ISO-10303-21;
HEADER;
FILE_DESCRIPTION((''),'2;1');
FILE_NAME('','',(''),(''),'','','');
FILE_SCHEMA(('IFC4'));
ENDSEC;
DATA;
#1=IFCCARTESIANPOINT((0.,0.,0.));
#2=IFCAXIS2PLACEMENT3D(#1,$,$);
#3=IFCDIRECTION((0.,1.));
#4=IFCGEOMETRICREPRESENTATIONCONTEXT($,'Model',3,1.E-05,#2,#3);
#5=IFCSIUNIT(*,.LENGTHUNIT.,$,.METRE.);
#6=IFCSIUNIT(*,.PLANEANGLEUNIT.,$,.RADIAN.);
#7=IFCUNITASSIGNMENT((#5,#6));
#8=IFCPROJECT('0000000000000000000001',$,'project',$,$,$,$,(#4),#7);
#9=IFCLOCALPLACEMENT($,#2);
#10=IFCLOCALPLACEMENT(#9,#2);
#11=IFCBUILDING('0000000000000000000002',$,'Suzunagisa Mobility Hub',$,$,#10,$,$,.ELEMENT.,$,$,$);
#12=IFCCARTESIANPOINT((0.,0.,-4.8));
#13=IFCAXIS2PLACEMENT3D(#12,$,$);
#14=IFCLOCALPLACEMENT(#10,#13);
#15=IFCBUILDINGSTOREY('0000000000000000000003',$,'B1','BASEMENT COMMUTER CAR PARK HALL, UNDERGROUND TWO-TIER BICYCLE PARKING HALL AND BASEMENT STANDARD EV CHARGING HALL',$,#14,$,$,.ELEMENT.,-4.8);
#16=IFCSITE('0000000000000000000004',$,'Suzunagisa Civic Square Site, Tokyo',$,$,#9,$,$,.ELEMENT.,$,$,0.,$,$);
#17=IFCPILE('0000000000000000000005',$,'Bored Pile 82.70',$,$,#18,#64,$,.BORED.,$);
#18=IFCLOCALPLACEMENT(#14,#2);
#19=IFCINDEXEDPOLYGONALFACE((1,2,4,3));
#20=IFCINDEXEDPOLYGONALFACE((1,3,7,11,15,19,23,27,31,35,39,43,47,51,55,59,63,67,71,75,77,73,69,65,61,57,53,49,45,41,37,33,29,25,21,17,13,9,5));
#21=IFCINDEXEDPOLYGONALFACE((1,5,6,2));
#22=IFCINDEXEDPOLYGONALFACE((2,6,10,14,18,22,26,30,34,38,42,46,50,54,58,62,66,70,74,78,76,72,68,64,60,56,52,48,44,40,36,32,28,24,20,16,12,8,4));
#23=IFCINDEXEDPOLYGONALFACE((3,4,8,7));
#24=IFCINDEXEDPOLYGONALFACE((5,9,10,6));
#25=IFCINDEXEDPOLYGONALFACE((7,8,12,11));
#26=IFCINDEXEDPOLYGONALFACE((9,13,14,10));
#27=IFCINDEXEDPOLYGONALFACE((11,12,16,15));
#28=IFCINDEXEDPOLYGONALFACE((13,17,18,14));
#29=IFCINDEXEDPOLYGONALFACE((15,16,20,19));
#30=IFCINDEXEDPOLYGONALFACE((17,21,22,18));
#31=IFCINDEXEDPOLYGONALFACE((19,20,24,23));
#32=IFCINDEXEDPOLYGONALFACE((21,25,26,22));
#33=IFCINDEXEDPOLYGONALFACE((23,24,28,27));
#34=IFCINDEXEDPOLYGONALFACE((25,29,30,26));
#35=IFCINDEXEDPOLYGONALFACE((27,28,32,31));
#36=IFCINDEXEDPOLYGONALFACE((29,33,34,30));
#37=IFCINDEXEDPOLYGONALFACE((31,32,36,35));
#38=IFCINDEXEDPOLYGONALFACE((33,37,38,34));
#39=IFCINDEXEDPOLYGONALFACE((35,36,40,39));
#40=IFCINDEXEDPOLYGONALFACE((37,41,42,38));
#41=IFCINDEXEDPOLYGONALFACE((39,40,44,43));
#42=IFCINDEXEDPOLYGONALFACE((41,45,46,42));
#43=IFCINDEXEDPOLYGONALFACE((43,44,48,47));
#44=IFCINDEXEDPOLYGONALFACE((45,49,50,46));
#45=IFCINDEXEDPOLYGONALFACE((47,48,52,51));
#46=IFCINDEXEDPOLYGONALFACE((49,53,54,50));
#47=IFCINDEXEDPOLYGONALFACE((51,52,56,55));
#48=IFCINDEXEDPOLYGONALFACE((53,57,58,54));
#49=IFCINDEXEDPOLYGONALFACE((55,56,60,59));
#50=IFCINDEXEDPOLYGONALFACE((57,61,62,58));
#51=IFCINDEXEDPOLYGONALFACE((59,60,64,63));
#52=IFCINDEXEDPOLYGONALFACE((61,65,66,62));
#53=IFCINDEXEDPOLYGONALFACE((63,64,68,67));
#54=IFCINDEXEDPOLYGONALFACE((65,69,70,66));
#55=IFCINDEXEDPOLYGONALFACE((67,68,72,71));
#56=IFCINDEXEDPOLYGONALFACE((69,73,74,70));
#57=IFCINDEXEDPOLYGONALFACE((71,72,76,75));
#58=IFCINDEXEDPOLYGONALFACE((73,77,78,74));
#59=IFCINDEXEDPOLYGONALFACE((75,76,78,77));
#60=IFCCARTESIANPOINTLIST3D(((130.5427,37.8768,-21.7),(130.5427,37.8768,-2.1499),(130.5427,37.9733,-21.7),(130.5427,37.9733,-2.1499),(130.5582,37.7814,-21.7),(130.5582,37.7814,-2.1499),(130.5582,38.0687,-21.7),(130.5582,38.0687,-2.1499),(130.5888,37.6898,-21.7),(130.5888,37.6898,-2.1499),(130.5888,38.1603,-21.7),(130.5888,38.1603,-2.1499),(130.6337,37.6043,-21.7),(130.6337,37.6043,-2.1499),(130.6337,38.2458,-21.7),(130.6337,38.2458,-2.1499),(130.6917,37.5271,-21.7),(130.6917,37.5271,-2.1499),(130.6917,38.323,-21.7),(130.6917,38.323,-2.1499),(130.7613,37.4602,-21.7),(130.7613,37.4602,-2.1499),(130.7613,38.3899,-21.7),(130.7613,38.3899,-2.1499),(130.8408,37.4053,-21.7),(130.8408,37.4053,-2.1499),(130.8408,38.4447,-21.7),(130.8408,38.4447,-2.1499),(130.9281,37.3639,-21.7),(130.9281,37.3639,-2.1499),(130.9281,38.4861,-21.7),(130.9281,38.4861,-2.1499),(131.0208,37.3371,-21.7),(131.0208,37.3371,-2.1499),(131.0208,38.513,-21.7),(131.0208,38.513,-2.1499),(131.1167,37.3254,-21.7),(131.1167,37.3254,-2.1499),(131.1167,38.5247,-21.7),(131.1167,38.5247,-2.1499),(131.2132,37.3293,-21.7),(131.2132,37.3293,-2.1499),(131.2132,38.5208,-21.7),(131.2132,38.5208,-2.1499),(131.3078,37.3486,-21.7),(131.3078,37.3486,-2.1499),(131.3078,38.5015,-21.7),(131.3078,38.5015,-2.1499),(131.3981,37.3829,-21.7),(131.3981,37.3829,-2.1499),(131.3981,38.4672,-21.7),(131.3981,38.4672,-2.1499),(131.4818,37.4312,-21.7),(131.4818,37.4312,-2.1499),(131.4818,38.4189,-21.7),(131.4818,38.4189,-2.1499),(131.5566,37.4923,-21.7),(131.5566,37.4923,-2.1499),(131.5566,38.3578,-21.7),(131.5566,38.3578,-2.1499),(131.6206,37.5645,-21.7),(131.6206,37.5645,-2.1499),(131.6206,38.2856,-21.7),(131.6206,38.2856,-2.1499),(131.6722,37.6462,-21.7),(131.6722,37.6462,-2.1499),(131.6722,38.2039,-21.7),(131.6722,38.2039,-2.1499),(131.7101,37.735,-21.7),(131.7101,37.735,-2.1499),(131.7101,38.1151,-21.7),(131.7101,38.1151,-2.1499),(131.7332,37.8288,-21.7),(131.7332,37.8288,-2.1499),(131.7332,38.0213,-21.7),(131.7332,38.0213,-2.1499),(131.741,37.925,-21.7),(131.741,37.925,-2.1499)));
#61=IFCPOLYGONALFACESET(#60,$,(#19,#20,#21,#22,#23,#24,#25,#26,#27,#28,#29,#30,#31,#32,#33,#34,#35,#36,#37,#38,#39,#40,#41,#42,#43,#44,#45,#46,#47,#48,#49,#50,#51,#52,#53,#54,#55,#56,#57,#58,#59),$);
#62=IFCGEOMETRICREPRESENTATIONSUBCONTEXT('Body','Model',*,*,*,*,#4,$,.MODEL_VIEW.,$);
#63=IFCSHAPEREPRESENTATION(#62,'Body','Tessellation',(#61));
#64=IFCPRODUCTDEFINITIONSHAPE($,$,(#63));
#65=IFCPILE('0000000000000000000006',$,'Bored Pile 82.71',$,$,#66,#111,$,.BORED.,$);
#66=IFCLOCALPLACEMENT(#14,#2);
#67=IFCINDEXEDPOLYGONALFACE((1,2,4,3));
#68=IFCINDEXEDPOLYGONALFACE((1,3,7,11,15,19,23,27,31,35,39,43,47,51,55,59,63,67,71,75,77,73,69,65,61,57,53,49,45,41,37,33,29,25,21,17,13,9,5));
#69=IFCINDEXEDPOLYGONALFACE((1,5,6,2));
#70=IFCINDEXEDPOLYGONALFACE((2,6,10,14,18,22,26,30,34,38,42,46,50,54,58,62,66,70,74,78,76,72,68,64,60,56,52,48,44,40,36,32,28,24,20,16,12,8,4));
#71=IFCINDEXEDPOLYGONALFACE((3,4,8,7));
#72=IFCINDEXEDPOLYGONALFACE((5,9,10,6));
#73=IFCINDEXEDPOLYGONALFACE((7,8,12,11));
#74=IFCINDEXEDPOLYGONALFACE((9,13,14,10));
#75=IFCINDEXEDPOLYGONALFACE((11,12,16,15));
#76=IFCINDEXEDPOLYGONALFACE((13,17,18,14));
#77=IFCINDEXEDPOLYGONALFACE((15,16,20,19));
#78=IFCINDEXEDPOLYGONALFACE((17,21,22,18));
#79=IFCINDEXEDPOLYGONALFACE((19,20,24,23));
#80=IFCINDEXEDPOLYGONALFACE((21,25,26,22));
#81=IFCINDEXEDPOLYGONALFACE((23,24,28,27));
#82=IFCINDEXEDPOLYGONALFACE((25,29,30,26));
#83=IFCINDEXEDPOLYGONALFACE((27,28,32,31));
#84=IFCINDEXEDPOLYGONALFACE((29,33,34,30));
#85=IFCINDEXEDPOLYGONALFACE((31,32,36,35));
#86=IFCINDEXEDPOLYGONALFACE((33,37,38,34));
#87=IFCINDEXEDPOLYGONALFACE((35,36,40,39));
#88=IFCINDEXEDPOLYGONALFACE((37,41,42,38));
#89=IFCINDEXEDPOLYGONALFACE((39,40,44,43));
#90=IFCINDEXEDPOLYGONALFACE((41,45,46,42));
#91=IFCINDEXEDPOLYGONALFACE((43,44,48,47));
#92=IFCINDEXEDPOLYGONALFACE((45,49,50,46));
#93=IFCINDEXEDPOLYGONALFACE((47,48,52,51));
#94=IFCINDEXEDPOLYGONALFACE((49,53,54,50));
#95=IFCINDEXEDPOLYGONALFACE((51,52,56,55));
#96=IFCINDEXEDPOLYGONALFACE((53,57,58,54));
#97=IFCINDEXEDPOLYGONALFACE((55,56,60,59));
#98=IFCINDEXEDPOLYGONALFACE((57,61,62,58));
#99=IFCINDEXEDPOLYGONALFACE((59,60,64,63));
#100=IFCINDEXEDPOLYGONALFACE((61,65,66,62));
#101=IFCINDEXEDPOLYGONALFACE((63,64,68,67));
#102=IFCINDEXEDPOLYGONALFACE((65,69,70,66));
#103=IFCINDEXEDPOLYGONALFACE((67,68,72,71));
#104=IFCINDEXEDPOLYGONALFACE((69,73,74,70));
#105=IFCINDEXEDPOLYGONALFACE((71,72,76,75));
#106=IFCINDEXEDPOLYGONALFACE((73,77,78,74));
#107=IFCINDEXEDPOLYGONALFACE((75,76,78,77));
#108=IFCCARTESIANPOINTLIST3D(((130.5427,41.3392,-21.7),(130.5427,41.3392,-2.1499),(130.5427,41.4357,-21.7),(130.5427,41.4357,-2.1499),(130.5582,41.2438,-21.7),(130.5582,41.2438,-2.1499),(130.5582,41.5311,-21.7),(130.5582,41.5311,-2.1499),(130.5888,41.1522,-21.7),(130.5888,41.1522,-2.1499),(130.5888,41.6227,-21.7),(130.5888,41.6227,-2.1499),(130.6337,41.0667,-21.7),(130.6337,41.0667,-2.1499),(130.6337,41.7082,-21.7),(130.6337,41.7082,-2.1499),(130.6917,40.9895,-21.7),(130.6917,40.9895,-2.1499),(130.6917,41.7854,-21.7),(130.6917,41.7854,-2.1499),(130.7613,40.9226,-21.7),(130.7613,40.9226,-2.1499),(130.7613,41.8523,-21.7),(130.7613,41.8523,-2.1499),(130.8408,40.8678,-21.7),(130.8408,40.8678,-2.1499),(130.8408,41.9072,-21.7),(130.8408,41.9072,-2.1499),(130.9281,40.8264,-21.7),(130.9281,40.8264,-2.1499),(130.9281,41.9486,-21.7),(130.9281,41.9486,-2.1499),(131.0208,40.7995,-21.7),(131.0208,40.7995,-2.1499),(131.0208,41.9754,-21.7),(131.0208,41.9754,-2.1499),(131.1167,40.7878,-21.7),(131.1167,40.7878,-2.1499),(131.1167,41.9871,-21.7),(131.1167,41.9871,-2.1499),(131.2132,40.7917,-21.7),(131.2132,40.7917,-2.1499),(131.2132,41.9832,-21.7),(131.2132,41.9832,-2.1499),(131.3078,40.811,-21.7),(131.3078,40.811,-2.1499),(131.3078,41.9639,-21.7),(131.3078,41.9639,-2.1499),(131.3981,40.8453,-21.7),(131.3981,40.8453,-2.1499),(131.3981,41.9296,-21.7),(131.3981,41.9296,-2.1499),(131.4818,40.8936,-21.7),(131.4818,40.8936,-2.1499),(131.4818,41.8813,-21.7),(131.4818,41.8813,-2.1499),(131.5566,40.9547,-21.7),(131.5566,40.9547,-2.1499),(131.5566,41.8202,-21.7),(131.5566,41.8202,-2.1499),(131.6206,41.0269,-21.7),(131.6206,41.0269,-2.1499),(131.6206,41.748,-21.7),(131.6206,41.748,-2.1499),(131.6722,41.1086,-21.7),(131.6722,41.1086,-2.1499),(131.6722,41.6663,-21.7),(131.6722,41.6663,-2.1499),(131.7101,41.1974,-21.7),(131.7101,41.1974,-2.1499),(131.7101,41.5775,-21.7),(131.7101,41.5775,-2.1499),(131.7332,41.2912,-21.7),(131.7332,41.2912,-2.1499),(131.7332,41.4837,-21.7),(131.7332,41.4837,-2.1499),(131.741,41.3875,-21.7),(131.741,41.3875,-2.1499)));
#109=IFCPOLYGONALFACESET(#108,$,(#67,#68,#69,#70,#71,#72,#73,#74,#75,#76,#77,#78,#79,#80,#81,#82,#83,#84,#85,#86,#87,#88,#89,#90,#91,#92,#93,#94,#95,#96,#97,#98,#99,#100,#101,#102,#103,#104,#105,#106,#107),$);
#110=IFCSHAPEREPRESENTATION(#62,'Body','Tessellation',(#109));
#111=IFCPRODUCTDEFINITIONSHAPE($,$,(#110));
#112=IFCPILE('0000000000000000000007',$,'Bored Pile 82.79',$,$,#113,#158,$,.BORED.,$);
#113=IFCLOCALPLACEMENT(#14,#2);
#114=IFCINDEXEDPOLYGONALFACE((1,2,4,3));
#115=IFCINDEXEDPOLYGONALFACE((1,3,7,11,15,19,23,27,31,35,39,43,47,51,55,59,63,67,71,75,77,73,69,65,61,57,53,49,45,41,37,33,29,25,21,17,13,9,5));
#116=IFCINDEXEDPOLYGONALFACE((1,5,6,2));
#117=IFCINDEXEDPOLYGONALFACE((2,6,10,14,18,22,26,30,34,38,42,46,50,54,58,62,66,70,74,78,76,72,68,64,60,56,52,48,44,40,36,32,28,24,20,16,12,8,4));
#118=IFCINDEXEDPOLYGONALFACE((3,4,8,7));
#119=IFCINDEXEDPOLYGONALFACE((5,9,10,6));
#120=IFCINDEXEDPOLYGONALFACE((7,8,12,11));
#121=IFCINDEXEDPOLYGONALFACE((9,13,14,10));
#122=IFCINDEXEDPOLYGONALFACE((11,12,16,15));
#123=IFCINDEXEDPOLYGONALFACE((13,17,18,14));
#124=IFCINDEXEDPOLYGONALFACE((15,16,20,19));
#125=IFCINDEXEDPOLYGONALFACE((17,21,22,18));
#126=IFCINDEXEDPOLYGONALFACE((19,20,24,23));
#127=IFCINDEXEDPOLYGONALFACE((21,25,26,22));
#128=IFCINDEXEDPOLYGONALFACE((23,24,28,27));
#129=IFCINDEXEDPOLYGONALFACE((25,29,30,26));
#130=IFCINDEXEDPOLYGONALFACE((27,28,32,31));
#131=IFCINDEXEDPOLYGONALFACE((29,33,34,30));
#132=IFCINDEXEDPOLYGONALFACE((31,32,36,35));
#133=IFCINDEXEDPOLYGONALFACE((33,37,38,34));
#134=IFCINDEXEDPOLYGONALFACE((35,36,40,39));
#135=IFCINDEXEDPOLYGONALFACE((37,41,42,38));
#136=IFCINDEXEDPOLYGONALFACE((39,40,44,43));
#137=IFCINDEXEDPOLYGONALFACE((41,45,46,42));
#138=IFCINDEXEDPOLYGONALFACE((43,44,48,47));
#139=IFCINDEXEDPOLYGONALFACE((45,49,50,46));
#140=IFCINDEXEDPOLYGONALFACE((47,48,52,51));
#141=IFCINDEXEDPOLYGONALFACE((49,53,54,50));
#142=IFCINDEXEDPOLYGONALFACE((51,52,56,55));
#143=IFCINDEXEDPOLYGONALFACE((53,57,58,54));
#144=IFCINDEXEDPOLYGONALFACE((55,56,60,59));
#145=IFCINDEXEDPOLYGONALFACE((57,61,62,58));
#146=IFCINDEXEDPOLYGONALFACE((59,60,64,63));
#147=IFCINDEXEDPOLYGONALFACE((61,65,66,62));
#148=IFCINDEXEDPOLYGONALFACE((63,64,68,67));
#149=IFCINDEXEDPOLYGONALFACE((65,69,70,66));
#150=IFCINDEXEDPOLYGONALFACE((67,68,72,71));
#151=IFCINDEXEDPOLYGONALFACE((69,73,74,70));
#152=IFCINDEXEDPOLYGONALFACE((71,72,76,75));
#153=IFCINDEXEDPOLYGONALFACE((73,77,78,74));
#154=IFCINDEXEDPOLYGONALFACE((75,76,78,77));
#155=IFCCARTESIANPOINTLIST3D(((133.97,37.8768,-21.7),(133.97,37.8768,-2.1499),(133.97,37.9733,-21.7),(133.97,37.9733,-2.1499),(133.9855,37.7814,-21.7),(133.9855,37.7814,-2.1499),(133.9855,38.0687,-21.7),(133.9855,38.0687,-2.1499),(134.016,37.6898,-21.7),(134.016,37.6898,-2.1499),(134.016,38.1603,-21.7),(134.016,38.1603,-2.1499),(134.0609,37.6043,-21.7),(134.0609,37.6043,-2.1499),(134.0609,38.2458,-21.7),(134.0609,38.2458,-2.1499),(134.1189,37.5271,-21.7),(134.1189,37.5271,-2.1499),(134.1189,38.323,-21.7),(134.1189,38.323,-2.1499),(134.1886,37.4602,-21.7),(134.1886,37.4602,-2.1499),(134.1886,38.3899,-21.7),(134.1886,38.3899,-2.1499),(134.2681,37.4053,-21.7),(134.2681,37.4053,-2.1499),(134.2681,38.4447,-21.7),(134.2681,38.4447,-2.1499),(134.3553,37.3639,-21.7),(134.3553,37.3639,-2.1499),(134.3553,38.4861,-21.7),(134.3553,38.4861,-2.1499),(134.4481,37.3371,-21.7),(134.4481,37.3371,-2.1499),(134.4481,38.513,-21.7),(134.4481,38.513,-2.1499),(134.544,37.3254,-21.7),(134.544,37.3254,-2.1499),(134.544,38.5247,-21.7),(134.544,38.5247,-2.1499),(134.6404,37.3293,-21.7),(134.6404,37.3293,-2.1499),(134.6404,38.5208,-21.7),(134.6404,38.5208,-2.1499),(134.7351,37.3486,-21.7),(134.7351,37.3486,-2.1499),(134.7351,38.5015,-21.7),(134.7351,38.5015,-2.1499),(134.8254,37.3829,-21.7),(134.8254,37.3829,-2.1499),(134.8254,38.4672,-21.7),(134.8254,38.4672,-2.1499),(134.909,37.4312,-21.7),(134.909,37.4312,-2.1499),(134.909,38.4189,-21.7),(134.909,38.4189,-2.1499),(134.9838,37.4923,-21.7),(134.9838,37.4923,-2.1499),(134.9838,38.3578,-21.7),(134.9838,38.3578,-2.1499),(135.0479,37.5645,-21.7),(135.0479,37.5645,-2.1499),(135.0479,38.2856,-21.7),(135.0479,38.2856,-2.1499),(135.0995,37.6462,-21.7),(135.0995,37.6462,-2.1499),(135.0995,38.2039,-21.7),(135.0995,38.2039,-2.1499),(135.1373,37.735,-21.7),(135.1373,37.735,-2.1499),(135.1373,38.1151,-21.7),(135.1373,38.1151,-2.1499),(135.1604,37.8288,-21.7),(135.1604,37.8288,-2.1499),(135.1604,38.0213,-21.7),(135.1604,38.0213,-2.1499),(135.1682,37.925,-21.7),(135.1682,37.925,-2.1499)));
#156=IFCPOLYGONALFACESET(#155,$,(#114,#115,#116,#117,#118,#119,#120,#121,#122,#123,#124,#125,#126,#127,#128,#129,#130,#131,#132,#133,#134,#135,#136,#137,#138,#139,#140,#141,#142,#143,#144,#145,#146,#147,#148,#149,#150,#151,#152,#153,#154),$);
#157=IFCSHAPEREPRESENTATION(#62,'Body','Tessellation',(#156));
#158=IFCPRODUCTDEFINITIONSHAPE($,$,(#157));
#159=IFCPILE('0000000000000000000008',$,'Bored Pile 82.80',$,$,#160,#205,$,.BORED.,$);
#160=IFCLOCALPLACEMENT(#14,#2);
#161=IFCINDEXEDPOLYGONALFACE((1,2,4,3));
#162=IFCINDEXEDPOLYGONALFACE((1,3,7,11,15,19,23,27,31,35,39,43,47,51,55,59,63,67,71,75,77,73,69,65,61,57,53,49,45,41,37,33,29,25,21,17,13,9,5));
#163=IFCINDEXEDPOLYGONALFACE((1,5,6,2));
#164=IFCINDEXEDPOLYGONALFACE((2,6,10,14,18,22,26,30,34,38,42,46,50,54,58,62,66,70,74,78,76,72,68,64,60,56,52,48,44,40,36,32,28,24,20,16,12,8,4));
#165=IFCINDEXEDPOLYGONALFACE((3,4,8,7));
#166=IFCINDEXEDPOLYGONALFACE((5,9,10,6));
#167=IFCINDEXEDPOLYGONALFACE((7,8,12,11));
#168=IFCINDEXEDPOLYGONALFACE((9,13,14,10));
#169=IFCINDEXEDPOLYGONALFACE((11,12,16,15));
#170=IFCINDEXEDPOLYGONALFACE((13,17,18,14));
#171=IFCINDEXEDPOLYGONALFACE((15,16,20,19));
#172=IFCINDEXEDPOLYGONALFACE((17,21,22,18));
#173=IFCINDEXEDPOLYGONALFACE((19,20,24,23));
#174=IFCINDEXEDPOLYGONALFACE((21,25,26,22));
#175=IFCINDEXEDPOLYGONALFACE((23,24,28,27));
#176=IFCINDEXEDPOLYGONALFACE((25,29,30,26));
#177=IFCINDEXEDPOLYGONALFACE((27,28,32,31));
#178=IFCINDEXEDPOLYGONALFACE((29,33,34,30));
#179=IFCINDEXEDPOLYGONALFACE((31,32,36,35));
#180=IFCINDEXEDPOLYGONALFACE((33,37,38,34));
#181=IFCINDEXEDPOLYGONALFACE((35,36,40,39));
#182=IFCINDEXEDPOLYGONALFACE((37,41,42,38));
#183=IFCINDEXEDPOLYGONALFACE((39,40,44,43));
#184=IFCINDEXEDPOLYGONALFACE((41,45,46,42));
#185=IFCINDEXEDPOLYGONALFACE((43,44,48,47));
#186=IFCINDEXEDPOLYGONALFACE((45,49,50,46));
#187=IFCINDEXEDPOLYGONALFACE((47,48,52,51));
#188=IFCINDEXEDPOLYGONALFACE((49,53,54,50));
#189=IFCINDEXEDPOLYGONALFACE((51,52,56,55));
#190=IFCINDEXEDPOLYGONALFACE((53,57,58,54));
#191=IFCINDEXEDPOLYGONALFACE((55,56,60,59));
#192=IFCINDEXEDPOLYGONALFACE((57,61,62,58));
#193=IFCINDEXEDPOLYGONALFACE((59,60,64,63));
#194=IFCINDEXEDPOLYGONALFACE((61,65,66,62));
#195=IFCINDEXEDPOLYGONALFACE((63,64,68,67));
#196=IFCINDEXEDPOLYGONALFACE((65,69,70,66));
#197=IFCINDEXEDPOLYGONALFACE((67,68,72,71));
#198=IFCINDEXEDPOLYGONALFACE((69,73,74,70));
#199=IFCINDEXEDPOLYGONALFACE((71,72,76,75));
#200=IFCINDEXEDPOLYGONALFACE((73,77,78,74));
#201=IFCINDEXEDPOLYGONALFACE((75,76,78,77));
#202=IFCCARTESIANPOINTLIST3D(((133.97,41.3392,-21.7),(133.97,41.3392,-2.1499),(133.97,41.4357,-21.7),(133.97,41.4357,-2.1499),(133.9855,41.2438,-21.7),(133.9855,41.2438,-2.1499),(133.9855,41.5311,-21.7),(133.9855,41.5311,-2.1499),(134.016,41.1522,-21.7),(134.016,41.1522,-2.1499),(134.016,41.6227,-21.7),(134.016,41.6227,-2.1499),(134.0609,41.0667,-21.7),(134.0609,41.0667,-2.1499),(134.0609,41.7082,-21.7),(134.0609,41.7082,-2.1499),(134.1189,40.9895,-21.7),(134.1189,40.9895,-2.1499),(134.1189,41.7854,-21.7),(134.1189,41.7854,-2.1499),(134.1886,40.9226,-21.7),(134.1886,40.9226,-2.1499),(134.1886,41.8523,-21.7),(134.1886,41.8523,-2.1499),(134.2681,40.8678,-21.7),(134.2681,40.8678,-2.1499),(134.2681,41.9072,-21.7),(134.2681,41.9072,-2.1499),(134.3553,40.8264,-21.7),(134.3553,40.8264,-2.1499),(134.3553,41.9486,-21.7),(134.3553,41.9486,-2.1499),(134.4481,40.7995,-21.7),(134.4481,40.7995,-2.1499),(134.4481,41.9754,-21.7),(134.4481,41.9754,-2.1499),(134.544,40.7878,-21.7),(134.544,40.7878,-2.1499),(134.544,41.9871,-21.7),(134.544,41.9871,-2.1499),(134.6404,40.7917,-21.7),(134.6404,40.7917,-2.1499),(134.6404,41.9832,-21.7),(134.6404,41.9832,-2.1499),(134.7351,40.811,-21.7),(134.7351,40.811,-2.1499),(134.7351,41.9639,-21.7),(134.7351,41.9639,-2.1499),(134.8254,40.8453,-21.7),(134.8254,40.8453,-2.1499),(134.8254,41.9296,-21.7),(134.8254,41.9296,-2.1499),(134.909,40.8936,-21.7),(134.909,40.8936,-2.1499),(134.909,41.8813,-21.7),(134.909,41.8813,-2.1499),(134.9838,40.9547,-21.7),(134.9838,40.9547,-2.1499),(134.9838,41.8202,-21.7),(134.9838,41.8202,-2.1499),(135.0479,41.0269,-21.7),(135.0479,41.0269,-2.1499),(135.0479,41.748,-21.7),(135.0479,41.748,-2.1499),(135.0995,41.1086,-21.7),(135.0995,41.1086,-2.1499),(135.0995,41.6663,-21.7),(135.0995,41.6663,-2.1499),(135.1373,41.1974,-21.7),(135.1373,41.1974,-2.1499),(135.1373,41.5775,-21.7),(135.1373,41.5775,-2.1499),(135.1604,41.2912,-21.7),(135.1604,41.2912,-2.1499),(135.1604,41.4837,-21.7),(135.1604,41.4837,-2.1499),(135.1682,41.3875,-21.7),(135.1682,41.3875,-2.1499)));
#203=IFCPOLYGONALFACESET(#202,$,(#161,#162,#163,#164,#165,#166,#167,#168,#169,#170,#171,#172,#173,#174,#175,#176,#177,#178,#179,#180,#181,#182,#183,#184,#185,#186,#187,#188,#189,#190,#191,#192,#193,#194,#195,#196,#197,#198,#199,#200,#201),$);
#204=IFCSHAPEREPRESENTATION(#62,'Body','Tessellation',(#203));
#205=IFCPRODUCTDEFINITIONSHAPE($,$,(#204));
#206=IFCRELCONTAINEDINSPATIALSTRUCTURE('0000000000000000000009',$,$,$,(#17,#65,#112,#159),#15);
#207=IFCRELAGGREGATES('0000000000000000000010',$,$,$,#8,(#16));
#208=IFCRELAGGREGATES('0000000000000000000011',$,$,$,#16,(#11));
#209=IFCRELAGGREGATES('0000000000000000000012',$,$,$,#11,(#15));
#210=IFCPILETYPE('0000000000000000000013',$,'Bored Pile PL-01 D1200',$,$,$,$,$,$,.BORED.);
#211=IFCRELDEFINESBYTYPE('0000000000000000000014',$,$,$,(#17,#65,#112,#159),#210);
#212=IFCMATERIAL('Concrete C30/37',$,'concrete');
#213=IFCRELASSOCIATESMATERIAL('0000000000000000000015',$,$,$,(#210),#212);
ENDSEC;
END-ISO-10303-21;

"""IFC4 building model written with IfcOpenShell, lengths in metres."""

from ifc_helpers import new_model, si_unit, direction, frame, origin, origin_2d, place, context, subcontext, project, spatial, circle, extrude, material, material_profile, profile_set, type_object, element, save


model = new_model("IFC4")

# Units and contexts
model_context = context("Model", 3, precision=1e-05, world=origin(), true_north=direction((0.0, 1.0)))
body_context = subcontext(model_context, "Body", "Model", "MODEL_VIEW")
ifc_project = project(units=[si_unit("LENGTHUNIT", "METRE"), si_unit("PLANEANGLEUNIT", "RADIAN")], contexts=[model_context])

# Site, building, storey
site_placement = place(None, origin())
site = spatial("IfcSite", under=ifc_project, at=site_placement, Name="Suzunagisa Civic Square Site, Tokyo", CompositionType="ELEMENT", RefElevation=0.0)
building_placement = place(site_placement, origin())
building = spatial("IfcBuilding", under=site, at=building_placement, Name="Suzunagisa Mobility Hub", CompositionType="ELEMENT")
storey_placement = place(building_placement, frame((0.0, 0.0, -4.8)))
storey = spatial("IfcBuildingStorey", under=building, at=storey_placement, Name="B1", Description="BASEMENT COMMUTER CAR PARK HALL, UNDERGROUND TWO-TIER BICYCLE PARKING HALL AND BASEMENT STANDARD EV CHARGING HALL", CompositionType="ELEMENT", Elevation=-4.8)

# Piles
ifc_material_1 = material(Name="Concrete C30/37", Category="concrete")
ifc_material_profile_1 = material_profile(ifc_material_1, circle(Radius=0.6001, at=origin_2d()), Name="BORED PILE D1200")
ifc_profile_set_1 = profile_set([ifc_material_profile_1], Name="Concrete C30/37")
pile_type = type_object("IfcPileType", Name="Bored Pile PL-01 D1200", PredefinedType="BORED", material=ifc_profile_set_1)
for number, where, z_axis, x_axis, name in (
    (1, (131.1409, 37.925, -2.1499), (0.0, 0.0, -1.0), (1.0, 0.0, 0.0), "Bored Pile 82.70"),
    (2, (131.1409, 41.3875, -2.1499), (0.0, 0.0, -1.0), (1.0, 0.0, 0.0), "Bored Pile 82.71"),
    (3, (134.5681, 37.925, -2.1499), (0.0, 0.0, -1.0), (1.0, 0.0, 0.0), "Bored Pile 82.79"),
    (4, (134.5681, 41.3875, -2.1499), (0.0, 0.0, -1.0), (1.0, 0.0, 0.0), "Bored Pile 82.80"),
):
    element("IfcPile", number, at=place(storey_placement, frame(where, z_axis=z_axis, x_axis=x_axis)), inside=storey, type_object=pile_type, Name=name, PredefinedType="BORED", context=body_context, shape_type="SweptSolid", body=[
        extrude(circle(Radius=0.6001, at=origin_2d()), origin(), (0.0, 0.0, 1.0), 19.55),
    ])

save(model, "model.ifc")
